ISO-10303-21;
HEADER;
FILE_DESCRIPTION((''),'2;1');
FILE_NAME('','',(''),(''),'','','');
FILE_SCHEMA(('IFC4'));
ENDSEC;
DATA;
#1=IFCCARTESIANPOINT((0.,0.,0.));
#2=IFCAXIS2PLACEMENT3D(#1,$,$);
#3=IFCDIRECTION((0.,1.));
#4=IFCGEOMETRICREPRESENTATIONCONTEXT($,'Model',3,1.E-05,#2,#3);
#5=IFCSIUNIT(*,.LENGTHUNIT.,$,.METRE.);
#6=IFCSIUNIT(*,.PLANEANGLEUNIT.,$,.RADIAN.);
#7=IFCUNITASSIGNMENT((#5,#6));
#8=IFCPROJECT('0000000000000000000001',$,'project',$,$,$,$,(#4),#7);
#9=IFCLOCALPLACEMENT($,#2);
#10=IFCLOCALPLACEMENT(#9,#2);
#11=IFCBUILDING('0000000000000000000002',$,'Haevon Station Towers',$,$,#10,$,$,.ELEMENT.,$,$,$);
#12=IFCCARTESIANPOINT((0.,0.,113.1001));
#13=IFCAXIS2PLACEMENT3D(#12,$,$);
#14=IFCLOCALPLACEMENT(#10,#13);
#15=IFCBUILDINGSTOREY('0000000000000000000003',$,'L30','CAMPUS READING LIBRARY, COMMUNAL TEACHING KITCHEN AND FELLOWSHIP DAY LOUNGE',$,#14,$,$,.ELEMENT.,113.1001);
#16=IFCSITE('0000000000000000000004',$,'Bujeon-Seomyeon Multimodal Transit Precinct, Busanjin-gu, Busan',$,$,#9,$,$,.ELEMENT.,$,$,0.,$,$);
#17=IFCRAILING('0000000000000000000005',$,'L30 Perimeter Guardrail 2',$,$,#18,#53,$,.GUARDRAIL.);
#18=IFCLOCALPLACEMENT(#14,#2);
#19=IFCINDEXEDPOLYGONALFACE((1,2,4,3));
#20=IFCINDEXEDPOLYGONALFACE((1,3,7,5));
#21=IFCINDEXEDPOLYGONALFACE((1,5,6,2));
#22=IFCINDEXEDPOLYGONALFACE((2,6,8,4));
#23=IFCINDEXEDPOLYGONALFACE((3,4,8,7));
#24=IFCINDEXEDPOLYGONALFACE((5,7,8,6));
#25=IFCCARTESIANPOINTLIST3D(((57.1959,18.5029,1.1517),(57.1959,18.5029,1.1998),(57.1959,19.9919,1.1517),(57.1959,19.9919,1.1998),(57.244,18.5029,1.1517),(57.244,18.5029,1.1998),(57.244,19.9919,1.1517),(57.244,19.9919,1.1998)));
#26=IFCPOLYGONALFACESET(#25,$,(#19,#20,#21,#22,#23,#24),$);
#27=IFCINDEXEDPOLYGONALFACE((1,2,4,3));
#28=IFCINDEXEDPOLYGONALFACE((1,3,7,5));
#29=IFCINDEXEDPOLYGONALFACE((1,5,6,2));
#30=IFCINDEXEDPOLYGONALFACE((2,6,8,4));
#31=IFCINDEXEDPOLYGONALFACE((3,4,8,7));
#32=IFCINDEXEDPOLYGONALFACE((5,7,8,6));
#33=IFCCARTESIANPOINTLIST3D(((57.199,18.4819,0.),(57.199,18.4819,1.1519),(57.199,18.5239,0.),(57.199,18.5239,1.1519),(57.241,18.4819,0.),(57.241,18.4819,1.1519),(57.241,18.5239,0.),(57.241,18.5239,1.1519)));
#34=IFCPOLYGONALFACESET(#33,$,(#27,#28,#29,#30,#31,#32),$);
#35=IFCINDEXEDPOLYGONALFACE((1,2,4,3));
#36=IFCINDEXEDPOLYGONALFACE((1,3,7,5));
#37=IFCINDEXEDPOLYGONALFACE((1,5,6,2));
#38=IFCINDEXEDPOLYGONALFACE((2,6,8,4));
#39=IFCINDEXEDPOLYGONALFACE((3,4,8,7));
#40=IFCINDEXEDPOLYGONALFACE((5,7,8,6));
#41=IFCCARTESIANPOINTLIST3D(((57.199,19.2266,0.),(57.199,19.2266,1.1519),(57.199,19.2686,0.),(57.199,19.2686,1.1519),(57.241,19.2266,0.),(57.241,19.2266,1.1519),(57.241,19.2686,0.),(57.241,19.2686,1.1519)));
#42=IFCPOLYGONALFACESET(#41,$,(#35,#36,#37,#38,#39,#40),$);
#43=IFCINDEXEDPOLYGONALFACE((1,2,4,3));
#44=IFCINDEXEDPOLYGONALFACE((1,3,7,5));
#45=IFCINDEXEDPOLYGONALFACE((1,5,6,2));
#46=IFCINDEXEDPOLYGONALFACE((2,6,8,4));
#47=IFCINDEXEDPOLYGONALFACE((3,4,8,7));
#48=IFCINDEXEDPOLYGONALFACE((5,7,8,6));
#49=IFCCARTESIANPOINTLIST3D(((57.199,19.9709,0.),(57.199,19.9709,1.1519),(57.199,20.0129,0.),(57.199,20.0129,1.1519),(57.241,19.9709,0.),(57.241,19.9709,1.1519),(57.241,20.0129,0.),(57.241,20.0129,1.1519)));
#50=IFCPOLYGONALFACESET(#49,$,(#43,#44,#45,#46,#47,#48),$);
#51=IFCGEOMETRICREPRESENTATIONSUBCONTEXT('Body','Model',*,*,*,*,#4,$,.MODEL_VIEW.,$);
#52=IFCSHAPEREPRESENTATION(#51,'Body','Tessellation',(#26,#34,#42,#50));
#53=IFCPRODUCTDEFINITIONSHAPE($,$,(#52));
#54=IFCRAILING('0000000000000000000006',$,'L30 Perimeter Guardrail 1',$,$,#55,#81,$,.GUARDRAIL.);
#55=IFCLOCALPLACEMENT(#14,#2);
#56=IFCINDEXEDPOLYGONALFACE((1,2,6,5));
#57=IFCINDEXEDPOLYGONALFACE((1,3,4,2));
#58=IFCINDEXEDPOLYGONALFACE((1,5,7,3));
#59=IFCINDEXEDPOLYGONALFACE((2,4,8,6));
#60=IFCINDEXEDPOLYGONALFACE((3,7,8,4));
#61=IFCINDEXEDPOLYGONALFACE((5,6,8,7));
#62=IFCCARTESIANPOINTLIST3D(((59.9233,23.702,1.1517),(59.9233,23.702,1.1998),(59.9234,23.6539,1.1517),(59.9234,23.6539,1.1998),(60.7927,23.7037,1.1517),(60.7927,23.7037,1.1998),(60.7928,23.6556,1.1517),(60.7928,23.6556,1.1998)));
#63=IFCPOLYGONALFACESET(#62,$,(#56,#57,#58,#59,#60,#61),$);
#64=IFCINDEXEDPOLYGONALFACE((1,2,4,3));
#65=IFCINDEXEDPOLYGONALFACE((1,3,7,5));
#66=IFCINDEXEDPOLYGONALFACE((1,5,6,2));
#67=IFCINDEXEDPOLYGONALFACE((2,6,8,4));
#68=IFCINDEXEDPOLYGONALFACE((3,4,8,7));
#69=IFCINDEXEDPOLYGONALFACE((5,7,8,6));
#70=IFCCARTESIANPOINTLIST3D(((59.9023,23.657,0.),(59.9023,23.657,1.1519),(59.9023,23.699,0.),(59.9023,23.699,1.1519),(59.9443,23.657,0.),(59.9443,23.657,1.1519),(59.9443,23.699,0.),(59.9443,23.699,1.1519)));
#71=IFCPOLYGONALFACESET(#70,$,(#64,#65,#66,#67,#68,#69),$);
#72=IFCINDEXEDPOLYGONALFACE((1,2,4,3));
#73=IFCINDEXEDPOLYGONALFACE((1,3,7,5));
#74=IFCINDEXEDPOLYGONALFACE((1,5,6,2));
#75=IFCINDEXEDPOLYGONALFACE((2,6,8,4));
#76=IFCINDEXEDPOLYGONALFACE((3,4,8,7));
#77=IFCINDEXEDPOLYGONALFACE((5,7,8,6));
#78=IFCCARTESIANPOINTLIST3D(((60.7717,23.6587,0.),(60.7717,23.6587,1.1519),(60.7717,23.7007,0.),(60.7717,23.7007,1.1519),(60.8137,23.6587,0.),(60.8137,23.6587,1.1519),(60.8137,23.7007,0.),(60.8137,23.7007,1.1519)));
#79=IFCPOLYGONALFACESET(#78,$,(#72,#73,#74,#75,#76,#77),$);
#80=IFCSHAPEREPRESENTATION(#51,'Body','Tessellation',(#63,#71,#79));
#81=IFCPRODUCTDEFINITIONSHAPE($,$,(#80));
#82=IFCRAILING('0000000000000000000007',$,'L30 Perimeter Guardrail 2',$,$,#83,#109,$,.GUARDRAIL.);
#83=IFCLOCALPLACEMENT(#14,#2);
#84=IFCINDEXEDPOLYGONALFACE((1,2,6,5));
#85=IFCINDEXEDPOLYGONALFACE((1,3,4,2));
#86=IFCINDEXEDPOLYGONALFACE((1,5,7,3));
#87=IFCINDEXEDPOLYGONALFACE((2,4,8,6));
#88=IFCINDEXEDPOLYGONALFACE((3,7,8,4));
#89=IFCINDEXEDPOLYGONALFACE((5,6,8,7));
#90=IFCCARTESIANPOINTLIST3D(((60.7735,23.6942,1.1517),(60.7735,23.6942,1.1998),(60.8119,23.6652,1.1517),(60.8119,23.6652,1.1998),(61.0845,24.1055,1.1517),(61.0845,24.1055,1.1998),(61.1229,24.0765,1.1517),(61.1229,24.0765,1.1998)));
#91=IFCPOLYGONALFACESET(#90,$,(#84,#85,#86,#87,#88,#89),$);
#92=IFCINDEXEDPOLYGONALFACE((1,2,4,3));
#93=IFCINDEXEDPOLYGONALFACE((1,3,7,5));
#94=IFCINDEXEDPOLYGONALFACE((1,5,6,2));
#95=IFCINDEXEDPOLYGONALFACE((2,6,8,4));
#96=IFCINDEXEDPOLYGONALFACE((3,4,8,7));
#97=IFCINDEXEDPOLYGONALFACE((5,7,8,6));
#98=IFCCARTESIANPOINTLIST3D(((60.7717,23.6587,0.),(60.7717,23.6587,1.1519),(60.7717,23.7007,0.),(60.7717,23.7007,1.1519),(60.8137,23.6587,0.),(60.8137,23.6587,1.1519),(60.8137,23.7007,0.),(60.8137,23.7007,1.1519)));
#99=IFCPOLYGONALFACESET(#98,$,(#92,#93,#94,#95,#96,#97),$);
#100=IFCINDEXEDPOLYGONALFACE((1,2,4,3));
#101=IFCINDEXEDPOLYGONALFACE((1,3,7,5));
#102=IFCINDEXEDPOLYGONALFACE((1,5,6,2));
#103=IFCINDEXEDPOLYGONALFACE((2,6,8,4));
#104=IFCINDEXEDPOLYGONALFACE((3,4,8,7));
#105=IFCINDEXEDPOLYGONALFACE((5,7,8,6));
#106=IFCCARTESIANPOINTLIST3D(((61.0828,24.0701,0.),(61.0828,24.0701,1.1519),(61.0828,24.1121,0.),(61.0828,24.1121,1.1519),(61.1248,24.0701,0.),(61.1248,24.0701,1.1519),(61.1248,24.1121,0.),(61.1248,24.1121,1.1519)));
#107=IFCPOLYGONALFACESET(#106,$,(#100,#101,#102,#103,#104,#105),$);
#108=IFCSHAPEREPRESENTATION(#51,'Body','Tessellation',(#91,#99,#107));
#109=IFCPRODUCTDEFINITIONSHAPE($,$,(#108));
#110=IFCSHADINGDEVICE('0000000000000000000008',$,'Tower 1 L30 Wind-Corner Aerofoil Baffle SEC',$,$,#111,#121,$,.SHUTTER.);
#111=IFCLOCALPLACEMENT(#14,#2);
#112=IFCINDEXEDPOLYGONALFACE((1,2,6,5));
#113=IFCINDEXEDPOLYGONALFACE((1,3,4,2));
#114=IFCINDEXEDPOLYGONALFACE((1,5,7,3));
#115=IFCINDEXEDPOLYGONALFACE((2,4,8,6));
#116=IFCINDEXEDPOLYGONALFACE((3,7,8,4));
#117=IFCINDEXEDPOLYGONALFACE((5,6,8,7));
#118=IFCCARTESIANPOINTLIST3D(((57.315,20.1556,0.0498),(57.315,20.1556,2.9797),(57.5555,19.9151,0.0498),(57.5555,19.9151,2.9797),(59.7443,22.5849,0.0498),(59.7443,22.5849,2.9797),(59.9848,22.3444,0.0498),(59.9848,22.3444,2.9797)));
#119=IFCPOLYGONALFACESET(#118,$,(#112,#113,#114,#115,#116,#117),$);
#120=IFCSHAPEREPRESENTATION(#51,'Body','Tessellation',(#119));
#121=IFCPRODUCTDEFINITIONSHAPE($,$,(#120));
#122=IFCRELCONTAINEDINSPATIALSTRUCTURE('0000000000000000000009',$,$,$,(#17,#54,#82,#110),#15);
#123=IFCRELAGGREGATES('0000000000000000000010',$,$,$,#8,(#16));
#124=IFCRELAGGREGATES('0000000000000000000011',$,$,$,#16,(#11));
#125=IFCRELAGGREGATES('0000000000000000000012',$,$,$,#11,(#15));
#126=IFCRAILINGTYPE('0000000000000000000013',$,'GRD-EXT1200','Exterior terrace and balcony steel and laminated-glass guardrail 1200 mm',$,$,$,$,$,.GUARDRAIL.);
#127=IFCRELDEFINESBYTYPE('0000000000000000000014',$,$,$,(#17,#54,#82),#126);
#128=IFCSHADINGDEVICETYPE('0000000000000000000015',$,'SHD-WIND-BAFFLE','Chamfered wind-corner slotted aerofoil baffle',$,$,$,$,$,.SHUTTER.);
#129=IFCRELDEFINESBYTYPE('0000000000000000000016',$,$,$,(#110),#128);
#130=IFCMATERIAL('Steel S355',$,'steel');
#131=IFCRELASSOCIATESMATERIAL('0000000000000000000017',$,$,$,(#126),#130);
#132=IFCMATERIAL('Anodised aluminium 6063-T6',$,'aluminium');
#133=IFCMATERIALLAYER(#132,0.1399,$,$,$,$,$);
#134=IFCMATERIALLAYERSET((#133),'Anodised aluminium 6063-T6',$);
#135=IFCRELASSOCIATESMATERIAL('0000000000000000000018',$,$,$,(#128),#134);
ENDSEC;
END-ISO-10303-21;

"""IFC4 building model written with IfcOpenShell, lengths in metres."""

from ifc_helpers import new_model, si_unit, direction, frame, origin, origin_2d, place, context, subcontext, project, spatial, rectangle, extrude, material, layer, layer_set, type_object, element, save


model = new_model("IFC4")

# Units and contexts
model_context = context("Model", 3, precision=1e-05, world=origin(), true_north=direction((0.0, 1.0)))
body_context = subcontext(model_context, "Body", "Model", "MODEL_VIEW")
ifc_project = project(units=[si_unit("LENGTHUNIT", "METRE"), si_unit("PLANEANGLEUNIT", "RADIAN")], contexts=[model_context])

# Site, building, storey
site_placement = place(None, origin())
site = spatial("IfcSite", under=ifc_project, at=site_placement, Name="Bujeon-Seomyeon Multimodal Transit Precinct, Busanjin-gu, Busan", CompositionType="ELEMENT", RefElevation=0.0)
building_placement = place(site_placement, origin())
building = spatial("IfcBuilding", under=site, at=building_placement, Name="Haevon Station Towers", CompositionType="ELEMENT")
storey_placement = place(building_placement, frame((0.0, 0.0, 113.1001)))
storey = spatial("IfcBuildingStorey", under=building, at=storey_placement, Name="L30", Description="CAMPUS READING LIBRARY, COMMUNAL TEACHING KITCHEN AND FELLOWSHIP DAY LOUNGE", CompositionType="ELEMENT", Elevation=113.1001)

# Shared definitions
ifc_material_1 = material(Name="Steel S355", Category="steel")

# Railings
railing_type = type_object("IfcRailingType", Name="GRD-EXT1200", Description="Exterior terrace and balcony steel and laminated-glass guardrail 1200 mm", PredefinedType="GUARDRAIL", material=ifc_material_1)
railing_1_placement = place(storey_placement, frame((57.22, 18.5029, 0.0)))
element("IfcRailing", 1, at=railing_1_placement, inside=storey, type_object=railing_type, Name="L30 Perimeter Guardrail 2", PredefinedType="GUARDRAIL", context=body_context, shape_type="SweptSolid", body=[
    extrude(rectangle(XDim=0.0481, YDim=0.0481, at=origin_2d()), frame((0.0, 0.0, 1.1758), z_axis=(0.0, 1.0, 0.0), x_axis=(-1.0, 0.0, 0.0)), (0.0, 0.0, 1.0), 1.489),
    extrude(rectangle(XDim=0.042, YDim=0.042, at=origin_2d()), origin(), (0.0, 0.0, 1.0), 1.1519),
    extrude(rectangle(XDim=0.042, YDim=0.042, at=origin_2d()), frame((0.0, 0.7446, 0.0)), (0.0, 0.0, 1.0), 1.1519),
    extrude(rectangle(XDim=0.042, YDim=0.042, at=origin_2d()), frame((0.0, 1.489, 0.0)), (0.0, 0.0, 1.0), 1.1519),
])
railing_2_placement = place(storey_placement, frame((59.9233, 23.678, 0.0)))
element("IfcRailing", 2, at=railing_2_placement, inside=storey, type_object=railing_type, Name="L30 Perimeter Guardrail 1", PredefinedType="GUARDRAIL", context=body_context, shape_type="SweptSolid", body=[
    extrude(rectangle(XDim=0.0481, YDim=0.0481, at=origin_2d()), frame((0.0, 0.0, 1.1758), z_axis=(0.999998, 0.001966, 0.0), x_axis=(-0.001966, 0.999998, 0.0)), (0.0, 0.0, 1.0), 0.8694),
    extrude(rectangle(XDim=0.042, YDim=0.042, at=origin_2d()), origin(), (0.0, 0.0, 1.0), 1.1519),
    extrude(rectangle(XDim=0.042, YDim=0.042, at=origin_2d()), frame((0.8694, 0.0017, 0.0)), (0.0, 0.0, 1.0), 1.1519),
])
railing_3_placement = place(storey_placement, frame((60.7927, 23.6797, 0.0)))
element("IfcRailing", 3, at=railing_3_placement, inside=storey, type_object=railing_type, Name="L30 Perimeter Guardrail 2", PredefinedType="GUARDRAIL", context=body_context, shape_type="SweptSolid", body=[
    extrude(rectangle(XDim=0.0481, YDim=0.0481, at=origin_2d()), frame((0.0, 0.0, 1.1758), z_axis=(0.603101, 0.797665, 0.0), x_axis=(-0.797665, 0.603101, 0.0)), (0.0, 0.0, 1.0), 0.5156),
    extrude(rectangle(XDim=0.042, YDim=0.042, at=origin_2d()), origin(), (0.0, 0.0, 1.0), 1.1519),
    extrude(rectangle(XDim=0.042, YDim=0.042, at=origin_2d()), frame((0.311, 0.4114, 0.0)), (0.0, 0.0, 1.0), 1.1519),
])

# Shading device
ifc_material_2 = material(Name="Anodised aluminium 6063-T6", Category="aluminium")
ifc_layer_1 = layer(ifc_material_2, 0.1399)
ifc_layer_set_1 = layer_set([ifc_layer_1], Name="Anodised aluminium 6063-T6")
shading_device_type = type_object("IfcShadingDeviceType", Name="SHD-WIND-BAFFLE", Description="Chamfered wind-corner slotted aerofoil baffle", PredefinedType="SHUTTER", material=ifc_layer_set_1)
shading_device_placement = place(storey_placement, frame((58.6499, 21.25, 0.0498), z_axis=(0.0, 0.0, 1.0), x_axis=(-0.707107, -0.707107, 0.0)))
element("IfcShadingDevice", 4, at=shading_device_placement, inside=storey, type_object=shading_device_type, Name="Tower 1 L30 Wind-Corner Aerofoil Baffle SEC", PredefinedType="SHUTTER", context=body_context, shape_type="SweptSolid", body=[
    extrude(rectangle(XDim=3.4355, YDim=0.3401, at=origin_2d()), origin(), (0.0, 0.0, 1.0), 2.9299),
])

save(model, "model.ifc")
